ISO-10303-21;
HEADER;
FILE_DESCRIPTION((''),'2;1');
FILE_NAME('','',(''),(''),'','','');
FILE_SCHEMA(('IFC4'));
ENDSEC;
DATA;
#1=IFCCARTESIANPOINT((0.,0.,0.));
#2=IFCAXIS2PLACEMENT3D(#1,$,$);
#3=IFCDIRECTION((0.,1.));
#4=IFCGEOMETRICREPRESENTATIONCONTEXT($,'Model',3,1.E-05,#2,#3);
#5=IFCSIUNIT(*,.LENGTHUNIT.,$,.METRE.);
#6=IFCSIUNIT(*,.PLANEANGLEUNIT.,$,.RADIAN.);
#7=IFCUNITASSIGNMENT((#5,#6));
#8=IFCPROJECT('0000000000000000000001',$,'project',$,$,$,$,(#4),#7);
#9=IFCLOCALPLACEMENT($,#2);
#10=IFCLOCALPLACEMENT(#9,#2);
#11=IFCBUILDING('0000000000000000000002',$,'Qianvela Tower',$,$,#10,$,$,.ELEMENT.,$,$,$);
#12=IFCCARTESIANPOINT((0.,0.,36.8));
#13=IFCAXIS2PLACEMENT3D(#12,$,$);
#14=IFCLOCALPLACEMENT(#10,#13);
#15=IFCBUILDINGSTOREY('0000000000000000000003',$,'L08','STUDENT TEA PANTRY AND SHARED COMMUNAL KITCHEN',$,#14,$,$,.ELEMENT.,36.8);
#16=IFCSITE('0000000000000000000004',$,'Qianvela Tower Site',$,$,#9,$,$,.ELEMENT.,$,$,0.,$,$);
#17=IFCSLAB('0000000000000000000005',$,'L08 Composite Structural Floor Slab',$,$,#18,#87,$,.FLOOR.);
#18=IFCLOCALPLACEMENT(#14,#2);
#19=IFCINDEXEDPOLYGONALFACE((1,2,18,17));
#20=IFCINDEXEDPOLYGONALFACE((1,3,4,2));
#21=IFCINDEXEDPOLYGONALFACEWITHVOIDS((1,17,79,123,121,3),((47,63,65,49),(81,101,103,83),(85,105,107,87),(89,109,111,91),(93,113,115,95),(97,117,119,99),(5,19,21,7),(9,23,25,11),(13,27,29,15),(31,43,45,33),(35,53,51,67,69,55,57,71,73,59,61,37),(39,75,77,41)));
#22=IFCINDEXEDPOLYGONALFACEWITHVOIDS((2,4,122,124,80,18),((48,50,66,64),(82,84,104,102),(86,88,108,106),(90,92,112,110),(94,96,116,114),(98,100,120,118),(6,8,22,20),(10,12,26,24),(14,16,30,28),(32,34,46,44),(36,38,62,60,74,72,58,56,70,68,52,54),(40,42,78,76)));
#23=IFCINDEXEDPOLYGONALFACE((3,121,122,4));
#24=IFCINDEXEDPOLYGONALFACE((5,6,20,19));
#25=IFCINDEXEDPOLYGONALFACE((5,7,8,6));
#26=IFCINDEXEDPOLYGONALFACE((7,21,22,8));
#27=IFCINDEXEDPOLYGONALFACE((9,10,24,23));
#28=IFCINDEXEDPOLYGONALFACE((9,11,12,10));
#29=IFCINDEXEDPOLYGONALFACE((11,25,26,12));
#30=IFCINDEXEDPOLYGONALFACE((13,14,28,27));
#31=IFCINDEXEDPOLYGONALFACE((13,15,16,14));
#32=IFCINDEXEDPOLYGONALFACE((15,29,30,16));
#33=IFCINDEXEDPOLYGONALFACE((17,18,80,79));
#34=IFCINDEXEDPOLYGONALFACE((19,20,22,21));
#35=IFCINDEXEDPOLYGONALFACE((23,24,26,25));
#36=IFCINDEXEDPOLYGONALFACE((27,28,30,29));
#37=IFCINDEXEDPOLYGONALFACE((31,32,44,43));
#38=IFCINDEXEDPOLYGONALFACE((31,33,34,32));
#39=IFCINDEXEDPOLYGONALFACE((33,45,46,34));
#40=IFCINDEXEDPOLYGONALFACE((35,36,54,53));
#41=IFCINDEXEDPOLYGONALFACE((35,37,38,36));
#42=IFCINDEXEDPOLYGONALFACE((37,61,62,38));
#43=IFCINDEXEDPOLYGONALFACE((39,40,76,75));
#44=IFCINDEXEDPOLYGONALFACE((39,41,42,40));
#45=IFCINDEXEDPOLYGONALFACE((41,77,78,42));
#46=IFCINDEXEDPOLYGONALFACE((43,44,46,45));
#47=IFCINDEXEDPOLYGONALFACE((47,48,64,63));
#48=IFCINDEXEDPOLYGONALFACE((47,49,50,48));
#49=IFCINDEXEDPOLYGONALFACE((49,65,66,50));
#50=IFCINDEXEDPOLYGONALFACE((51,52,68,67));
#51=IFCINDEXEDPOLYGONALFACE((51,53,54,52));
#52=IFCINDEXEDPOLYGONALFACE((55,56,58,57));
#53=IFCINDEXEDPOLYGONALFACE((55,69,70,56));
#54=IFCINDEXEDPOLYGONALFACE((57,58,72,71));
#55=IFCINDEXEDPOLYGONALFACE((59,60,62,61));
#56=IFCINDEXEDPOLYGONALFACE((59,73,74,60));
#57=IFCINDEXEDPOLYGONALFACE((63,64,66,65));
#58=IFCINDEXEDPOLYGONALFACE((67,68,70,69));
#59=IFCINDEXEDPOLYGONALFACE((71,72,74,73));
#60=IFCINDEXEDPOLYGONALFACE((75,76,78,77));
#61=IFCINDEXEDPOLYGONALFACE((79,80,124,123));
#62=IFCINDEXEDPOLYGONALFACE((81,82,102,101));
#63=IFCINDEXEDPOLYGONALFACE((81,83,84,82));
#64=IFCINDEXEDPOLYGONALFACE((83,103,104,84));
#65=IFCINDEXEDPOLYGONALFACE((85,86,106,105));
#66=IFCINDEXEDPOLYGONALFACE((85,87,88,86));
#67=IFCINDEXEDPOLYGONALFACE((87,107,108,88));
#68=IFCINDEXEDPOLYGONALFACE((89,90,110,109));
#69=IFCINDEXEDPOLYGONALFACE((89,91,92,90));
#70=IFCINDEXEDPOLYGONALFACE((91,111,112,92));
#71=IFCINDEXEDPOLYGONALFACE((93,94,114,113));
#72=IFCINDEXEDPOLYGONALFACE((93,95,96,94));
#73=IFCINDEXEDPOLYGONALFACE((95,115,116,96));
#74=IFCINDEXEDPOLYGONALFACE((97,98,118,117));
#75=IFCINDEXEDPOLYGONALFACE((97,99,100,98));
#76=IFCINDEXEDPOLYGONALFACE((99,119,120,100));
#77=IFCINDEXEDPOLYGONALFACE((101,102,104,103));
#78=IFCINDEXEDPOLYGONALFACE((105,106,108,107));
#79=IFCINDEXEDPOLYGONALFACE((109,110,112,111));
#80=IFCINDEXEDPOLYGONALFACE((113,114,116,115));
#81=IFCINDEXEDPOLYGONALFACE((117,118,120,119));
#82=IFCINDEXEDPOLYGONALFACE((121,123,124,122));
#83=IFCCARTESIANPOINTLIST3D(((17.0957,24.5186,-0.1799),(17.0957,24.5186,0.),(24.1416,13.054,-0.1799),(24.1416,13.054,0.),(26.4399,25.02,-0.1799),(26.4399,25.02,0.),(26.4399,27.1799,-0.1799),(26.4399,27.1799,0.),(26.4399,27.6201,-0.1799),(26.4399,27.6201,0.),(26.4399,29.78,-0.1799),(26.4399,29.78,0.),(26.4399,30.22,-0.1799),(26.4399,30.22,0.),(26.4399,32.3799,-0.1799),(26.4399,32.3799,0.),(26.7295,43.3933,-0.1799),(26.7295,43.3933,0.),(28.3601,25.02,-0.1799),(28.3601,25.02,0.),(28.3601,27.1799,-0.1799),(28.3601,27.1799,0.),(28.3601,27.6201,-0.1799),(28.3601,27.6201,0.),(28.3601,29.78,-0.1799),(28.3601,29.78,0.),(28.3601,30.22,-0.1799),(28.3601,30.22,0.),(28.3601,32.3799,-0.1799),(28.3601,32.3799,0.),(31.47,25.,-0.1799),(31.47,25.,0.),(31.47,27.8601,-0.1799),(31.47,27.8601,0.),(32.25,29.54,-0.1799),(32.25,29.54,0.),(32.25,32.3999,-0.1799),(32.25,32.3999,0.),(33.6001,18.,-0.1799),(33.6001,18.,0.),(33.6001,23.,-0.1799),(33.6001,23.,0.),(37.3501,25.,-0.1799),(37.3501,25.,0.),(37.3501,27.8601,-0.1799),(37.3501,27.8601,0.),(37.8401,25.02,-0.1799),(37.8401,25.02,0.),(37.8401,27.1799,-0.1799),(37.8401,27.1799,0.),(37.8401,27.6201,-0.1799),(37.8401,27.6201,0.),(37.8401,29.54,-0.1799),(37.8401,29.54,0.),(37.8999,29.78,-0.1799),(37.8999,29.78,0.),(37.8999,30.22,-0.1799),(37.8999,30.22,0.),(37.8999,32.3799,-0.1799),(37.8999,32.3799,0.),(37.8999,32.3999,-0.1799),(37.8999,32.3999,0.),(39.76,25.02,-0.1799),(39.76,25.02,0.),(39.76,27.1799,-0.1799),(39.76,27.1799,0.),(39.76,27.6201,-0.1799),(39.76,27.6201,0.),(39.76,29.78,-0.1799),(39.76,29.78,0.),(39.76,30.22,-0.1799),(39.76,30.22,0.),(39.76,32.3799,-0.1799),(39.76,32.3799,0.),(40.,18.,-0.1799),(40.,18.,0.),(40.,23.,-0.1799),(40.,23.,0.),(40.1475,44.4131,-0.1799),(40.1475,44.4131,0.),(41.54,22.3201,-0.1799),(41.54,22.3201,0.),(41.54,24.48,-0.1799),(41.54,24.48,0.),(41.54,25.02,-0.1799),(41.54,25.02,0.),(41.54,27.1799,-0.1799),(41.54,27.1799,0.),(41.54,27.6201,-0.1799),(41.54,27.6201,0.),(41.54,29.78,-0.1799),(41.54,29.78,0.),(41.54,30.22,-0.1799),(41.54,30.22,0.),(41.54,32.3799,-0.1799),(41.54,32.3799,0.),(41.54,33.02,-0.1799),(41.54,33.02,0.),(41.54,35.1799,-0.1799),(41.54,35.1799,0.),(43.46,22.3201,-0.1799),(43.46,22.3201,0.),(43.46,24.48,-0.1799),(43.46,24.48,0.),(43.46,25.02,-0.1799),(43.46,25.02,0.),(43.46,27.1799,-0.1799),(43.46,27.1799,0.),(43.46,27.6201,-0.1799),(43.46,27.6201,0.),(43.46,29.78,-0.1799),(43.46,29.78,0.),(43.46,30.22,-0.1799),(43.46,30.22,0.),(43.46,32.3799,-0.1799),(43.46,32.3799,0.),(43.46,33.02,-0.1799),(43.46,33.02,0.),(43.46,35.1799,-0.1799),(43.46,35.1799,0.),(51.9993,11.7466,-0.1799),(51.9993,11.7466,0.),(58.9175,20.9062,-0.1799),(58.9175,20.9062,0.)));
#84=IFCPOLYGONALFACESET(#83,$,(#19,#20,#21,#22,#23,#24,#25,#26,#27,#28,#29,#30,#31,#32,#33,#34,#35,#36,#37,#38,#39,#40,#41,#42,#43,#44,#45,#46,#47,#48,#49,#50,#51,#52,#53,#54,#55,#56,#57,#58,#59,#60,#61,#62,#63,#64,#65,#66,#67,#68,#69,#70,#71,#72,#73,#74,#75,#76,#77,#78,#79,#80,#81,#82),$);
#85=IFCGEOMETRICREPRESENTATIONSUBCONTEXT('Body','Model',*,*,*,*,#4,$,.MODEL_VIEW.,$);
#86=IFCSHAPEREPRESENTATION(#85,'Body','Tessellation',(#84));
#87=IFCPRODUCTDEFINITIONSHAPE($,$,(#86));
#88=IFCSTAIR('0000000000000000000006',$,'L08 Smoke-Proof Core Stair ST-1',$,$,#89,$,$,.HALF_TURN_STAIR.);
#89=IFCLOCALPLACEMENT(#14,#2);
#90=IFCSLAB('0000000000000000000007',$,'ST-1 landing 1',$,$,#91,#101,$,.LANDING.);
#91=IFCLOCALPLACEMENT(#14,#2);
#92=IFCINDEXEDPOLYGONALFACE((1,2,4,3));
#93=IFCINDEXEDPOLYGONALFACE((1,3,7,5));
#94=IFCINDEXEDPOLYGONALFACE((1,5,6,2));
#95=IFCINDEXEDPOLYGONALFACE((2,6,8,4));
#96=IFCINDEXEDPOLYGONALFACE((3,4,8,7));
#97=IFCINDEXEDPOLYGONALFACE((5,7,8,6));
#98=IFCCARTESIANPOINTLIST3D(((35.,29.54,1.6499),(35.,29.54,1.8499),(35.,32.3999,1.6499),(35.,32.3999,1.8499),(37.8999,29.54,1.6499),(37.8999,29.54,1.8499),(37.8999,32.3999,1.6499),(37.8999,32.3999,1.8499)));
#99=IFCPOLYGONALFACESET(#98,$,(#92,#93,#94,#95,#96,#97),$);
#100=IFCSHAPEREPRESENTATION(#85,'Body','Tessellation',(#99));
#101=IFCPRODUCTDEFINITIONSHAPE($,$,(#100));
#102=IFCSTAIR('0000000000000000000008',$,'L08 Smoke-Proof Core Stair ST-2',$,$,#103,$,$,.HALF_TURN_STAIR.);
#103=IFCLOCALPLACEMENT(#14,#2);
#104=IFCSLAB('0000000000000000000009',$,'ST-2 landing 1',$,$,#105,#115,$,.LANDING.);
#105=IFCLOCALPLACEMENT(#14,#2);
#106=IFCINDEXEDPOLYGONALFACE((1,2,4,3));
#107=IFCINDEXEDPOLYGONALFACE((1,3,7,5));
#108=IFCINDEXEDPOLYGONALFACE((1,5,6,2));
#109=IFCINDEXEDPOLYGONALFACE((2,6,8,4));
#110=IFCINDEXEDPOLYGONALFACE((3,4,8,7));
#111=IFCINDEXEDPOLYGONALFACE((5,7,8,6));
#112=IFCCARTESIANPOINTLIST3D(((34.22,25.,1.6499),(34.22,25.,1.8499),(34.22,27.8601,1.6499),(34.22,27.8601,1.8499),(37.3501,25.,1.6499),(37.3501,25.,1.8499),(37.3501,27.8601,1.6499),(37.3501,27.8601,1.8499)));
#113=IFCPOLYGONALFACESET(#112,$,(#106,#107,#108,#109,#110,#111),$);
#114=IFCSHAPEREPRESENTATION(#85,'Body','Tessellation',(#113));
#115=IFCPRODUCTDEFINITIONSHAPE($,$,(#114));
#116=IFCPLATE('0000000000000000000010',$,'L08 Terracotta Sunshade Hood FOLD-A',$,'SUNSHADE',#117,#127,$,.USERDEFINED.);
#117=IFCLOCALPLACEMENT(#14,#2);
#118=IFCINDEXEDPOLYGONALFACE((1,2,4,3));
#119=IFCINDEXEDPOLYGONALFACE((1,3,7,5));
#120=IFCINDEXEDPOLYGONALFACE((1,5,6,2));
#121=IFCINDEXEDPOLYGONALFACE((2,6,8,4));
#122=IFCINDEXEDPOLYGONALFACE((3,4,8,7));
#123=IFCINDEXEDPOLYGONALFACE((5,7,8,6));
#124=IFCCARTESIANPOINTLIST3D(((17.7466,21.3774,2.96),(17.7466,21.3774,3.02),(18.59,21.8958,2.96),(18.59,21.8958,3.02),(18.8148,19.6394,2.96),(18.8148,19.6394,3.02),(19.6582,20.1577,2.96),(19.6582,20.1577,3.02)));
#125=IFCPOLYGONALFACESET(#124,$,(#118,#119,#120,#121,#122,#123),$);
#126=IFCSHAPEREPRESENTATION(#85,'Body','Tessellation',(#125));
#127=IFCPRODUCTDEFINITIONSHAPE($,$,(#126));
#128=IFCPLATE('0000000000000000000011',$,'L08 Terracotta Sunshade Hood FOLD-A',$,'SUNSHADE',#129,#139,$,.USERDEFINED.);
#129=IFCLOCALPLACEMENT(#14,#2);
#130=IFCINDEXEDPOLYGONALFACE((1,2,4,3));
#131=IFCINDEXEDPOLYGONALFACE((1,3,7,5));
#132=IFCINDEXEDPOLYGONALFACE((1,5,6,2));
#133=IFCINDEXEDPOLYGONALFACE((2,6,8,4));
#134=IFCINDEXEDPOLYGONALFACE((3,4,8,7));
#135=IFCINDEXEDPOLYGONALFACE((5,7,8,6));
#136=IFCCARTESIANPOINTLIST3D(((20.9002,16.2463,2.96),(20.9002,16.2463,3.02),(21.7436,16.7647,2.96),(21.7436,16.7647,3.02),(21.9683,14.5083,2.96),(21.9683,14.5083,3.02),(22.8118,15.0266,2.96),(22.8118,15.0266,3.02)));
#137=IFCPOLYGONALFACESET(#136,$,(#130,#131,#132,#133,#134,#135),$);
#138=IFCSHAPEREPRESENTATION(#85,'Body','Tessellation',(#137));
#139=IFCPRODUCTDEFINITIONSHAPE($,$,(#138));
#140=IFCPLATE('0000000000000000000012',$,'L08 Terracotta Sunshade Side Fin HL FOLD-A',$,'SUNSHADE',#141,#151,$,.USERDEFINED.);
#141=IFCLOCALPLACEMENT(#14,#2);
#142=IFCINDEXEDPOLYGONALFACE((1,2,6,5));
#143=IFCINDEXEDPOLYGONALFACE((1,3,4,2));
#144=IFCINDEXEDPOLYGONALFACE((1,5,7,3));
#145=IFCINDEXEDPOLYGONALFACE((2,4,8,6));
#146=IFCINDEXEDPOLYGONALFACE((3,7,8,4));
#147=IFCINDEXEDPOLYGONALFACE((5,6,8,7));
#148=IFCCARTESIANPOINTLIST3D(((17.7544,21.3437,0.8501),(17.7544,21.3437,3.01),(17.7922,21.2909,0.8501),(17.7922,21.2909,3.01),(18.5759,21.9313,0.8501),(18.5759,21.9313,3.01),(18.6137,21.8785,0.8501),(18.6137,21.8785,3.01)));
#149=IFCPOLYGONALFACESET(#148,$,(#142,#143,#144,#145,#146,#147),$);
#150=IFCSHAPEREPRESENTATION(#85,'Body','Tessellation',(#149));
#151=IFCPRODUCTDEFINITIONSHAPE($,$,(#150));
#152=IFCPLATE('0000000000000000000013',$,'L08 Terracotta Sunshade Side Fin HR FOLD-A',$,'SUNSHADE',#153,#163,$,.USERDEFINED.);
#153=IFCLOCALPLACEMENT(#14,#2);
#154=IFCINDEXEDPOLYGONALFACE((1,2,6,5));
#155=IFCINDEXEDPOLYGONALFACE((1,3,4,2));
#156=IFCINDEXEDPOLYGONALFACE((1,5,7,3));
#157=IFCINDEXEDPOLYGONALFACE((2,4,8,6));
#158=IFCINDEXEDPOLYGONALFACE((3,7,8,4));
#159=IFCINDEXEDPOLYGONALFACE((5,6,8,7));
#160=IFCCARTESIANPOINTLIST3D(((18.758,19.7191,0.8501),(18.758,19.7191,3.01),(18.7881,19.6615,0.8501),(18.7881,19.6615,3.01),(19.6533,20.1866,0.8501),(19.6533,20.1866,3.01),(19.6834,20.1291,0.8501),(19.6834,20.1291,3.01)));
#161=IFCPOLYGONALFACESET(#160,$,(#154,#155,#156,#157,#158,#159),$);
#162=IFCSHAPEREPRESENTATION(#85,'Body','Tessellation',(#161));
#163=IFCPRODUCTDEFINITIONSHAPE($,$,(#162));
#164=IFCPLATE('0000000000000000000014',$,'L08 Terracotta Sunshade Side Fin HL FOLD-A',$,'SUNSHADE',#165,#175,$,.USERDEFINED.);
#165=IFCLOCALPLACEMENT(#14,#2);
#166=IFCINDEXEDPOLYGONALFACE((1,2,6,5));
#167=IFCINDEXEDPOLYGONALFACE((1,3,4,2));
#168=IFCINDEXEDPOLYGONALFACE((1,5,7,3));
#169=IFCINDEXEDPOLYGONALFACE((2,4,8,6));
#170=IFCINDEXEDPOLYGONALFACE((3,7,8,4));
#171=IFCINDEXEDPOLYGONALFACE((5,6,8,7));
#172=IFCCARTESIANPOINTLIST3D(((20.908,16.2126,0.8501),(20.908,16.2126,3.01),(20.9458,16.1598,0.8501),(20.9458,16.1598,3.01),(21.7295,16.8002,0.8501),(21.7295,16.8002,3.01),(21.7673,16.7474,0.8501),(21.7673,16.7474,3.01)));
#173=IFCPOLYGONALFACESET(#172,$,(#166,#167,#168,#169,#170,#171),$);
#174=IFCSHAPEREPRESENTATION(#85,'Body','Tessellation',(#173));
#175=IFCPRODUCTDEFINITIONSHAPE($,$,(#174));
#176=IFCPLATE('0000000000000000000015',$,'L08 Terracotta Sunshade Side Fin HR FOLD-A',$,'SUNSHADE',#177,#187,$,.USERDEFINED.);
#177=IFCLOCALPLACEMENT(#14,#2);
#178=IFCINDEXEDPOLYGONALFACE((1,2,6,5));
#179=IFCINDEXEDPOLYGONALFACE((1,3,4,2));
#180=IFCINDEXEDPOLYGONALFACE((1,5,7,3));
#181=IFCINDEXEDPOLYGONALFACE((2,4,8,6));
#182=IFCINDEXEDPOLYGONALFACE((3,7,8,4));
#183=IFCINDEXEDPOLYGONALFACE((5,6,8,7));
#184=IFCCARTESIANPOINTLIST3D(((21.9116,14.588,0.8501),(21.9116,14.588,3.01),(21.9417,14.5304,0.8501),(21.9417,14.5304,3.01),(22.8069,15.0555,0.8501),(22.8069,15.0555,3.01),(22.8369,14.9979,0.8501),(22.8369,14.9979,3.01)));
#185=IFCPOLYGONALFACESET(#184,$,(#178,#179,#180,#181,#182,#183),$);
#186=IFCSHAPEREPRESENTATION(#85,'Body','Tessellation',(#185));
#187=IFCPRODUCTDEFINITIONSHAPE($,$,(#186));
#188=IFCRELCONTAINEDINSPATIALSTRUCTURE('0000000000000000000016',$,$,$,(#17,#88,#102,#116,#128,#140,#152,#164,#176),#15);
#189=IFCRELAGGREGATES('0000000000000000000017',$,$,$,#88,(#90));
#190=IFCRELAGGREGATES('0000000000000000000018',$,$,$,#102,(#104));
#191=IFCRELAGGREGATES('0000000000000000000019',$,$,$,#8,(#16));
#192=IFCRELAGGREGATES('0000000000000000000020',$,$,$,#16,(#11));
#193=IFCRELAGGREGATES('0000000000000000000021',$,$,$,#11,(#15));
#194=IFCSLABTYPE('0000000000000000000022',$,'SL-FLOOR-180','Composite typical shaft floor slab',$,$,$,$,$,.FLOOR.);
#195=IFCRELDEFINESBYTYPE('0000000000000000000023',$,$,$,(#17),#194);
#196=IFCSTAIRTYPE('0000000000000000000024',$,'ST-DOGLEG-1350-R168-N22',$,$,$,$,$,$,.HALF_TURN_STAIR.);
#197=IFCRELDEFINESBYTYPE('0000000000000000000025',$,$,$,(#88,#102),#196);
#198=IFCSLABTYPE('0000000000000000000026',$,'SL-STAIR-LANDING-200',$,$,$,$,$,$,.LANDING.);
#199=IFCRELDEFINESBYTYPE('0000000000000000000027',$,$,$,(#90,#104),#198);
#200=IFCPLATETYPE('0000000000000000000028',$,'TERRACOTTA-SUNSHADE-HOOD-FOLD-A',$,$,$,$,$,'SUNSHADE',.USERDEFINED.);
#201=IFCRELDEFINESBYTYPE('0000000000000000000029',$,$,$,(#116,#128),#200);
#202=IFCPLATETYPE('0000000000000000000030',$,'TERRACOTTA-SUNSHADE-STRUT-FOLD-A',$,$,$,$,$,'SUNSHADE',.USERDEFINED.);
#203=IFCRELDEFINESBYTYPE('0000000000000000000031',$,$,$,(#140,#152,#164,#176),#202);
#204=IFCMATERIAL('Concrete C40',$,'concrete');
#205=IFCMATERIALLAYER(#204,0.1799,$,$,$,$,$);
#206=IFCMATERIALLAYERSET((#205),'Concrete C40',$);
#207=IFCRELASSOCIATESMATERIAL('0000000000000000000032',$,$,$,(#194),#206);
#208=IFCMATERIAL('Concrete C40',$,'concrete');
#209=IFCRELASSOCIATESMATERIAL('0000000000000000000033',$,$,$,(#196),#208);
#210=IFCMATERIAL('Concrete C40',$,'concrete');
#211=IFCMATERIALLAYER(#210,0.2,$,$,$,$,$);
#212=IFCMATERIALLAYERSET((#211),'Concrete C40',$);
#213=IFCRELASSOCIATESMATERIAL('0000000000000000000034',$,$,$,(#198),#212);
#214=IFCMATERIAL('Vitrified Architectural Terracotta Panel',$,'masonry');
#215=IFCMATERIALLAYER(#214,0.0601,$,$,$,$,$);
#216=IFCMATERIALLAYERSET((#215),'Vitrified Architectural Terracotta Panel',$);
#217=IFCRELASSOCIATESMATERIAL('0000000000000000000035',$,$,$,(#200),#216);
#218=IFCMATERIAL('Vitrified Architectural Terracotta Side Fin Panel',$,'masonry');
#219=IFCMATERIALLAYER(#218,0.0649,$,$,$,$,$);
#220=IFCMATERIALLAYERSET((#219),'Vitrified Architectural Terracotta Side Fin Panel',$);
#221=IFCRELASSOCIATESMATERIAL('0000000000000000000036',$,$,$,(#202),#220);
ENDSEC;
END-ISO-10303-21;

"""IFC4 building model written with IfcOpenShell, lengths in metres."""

from ifc_helpers import new_model, si_unit, direction, frame, origin, origin_2d, place, context, subcontext, project, spatial, polyline, rectangle, outline, extrude, material, layer, layer_set, type_object, element, aggregate, save


model = new_model("IFC4")

# Units and contexts
model_context = context("Model", 3, precision=1e-05, world=origin(), true_north=direction((0.0, 1.0)))
body_context = subcontext(model_context, "Body", "Model", "MODEL_VIEW")
ifc_project = project(units=[si_unit("LENGTHUNIT", "METRE"), si_unit("PLANEANGLEUNIT", "RADIAN")], contexts=[model_context])

# Site, building, storey
site_placement = place(None, origin())
site = spatial("IfcSite", under=ifc_project, at=site_placement, Name="Qianvela Tower Site", CompositionType="ELEMENT", RefElevation=0.0)
building_placement = place(site_placement, origin())
building = spatial("IfcBuilding", under=site, at=building_placement, Name="Qianvela Tower", CompositionType="ELEMENT")
storey_placement = place(building_placement, frame((0.0, 0.0, 36.8)))
storey = spatial("IfcBuildingStorey", under=building, at=storey_placement, Name="L08", Description="STUDENT TEA PANTRY AND SHARED COMMUNAL KITCHEN", CompositionType="ELEMENT", Elevation=36.8)

# Slab
ifc_material_1 = material(Name="Concrete C40", Category="concrete")
ifc_layer_1 = layer(ifc_material_1, 0.1799)
ifc_layer_set_1 = layer_set([ifc_layer_1], Name="Concrete C40")
slab_type_1 = type_object("IfcSlabType", Name="SL-FLOOR-180", Description="Composite typical shaft floor slab", PredefinedType="FLOOR", material=ifc_layer_set_1)
slab_1_placement = place(storey_placement, frame((0.0, 0.0, -0.1799)))
element("IfcSlab", 1, at=slab_1_placement, inside=storey, type_object=slab_type_1, Name="L08 Composite Structural Floor Slab", PredefinedType="FLOOR", context=body_context, shape_type="SweptSolid", body=[
    extrude(outline(polyline([(51.9993, 11.7466), (58.9175, 20.9062), (40.1475, 44.4131), (26.7295, 43.3933), (17.0957, 24.5186), (24.1416, 13.054), (51.9993, 11.7466)]), holes=[polyline([(40.0, 23.0), (33.6001, 23.0), (33.6001, 18.0), (40.0, 18.0), (40.0, 23.0)]), polyline([(28.3601, 25.02), (28.3601, 27.1799), (26.4399, 27.1799), (26.4399, 25.02), (28.3601, 25.02)]), polyline([(37.3501, 25.0), (37.3501, 27.8601), (31.47, 27.8601), (31.47, 25.0), (37.3501, 25.0)]), polyline([(28.3601, 27.6201), (28.3601, 29.78), (26.4399, 29.78), (26.4399, 27.6201), (28.3601, 27.6201)]), polyline([(37.8999, 32.3799), (37.8999, 32.3999), (32.25, 32.3999), (32.25, 29.54), (37.8401, 29.54), (37.8401, 27.6201), (39.76, 27.6201), (39.76, 29.78), (37.8999, 29.78), (37.8999, 30.22), (39.76, 30.22), (39.76, 32.3799), (37.8999, 32.3799)]), polyline([(28.3601, 30.22), (28.3601, 32.3799), (26.4399, 32.3799), (26.4399, 30.22), (28.3601, 30.22)]), polyline([(43.46, 24.48), (41.54, 24.48), (41.54, 22.3201), (43.46, 22.3201), (43.46, 24.48)]), polyline([(39.76, 25.02), (39.76, 27.1799), (37.8401, 27.1799), (37.8401, 25.02), (39.76, 25.02)]), polyline([(43.46, 25.02), (43.46, 27.1799), (41.54, 27.1799), (41.54, 25.02), (43.46, 25.02)]), polyline([(43.46, 27.6201), (43.46, 29.78), (41.54, 29.78), (41.54, 27.6201), (43.46, 27.6201)]), polyline([(43.46, 30.22), (43.46, 32.3799), (41.54, 32.3799), (41.54, 30.22), (43.46, 30.22)]), polyline([(43.46, 33.02), (43.46, 35.1799), (41.54, 35.1799), (41.54, 33.02), (43.46, 33.02)])]), origin(), (0.0, 0.0, 1.0), 0.1799),
])

# Stairs, slabs
ifc_material_2 = material(Name="Concrete C40", Category="concrete")
stair_type = type_object("IfcStairType", Name="ST-DOGLEG-1350-R168-N22", PredefinedType="HALF_TURN_STAIR", material=ifc_material_2)
stair_1_placement = place(storey_placement, origin())
stair_1 = element("IfcStair", 2, at=stair_1_placement, inside=storey, type_object=stair_type, Name="L08 Smoke-Proof Core Stair ST-1", PredefinedType="HALF_TURN_STAIR")
ifc_material_3 = material(Name="Concrete C40", Category="concrete")
ifc_layer_2 = layer(ifc_material_3, 0.2)
ifc_layer_set_2 = layer_set([ifc_layer_2], Name="Concrete C40")
slab_type_2 = type_object("IfcSlabType", Name="SL-STAIR-LANDING-200", PredefinedType="LANDING", material=ifc_layer_set_2)
slab_2_placement = place(storey_placement, frame((0.0, 0.0, 1.6499)))
slab_2 = element("IfcSlab", 3, at=slab_2_placement, type_object=slab_type_2, Name="ST-1 landing 1", PredefinedType="LANDING", context=body_context, shape_type="SweptSolid", body=[
    extrude(outline(polyline([(35.0, 29.54), (37.8999, 29.54), (37.8999, 32.3999), (35.0, 32.3999), (35.0, 29.54)])), origin(), (0.0, 0.0, 1.0), 0.2),
])
aggregate(stair_1, [slab_2])
stair_2_placement = place(storey_placement, origin())
stair_2 = element("IfcStair", 4, at=stair_2_placement, inside=storey, type_object=stair_type, Name="L08 Smoke-Proof Core Stair ST-2", PredefinedType="HALF_TURN_STAIR")
slab_3_placement = place(storey_placement, frame((0.0, 0.0, 1.6499)))
slab_3 = element("IfcSlab", 5, at=slab_3_placement, type_object=slab_type_2, Name="ST-2 landing 1", PredefinedType="LANDING", context=body_context, shape_type="SweptSolid", body=[
    extrude(outline(polyline([(34.22, 25.0), (37.3501, 25.0), (37.3501, 27.8601), (34.22, 27.8601), (34.22, 25.0)])), origin(), (0.0, 0.0, 1.0), 0.2),
])
aggregate(stair_2, [slab_3])

# Plates
ifc_material_4 = material(Name="Vitrified Architectural Terracotta Panel", Category="masonry")
ifc_layer_3 = layer(ifc_material_4, 0.0601)
ifc_layer_set_3 = layer_set([ifc_layer_3], Name="Vitrified Architectural Terracotta Panel")
plate_type_1 = type_object("IfcPlateType", Name="TERRACOTTA-SUNSHADE-HOOD-FOLD-A", ElementType="SUNSHADE", PredefinedType="USERDEFINED", material=ifc_layer_set_3)
for number, where, z_axis, x_axis, name in (
    (6, (18.7024, 20.7676, 2.96), (0.0, 0.0, 1.0), (0.523599, -0.851965, 0.0), "L08 Terracotta Sunshade Hood FOLD-A"),
    (7, (21.856, 15.6365, 2.96), (0.0, 0.0, 1.0), (0.523599, -0.851965, 0.0), "L08 Terracotta Sunshade Hood FOLD-A"),
):
    element("IfcPlate", number, at=place(storey_placement, frame(where, z_axis=z_axis, x_axis=x_axis)), inside=storey, type_object=plate_type_1, Name=name, ObjectType="SUNSHADE", PredefinedType="USERDEFINED", context=body_context, shape_type="SweptSolid", body=[
        extrude(rectangle(XDim=2.04, YDim=0.99, at=origin_2d()), origin(), (0.0, 0.0, 1.0), 0.0601),
    ])
ifc_material_5 = material(Name="Vitrified Architectural Terracotta Side Fin Panel", Category="masonry")
ifc_layer_4 = layer(ifc_material_5, 0.0649)
ifc_layer_set_4 = layer_set([ifc_layer_4], Name="Vitrified Architectural Terracotta Side Fin Panel")
plate_type_2 = type_object("IfcPlateType", Name="TERRACOTTA-SUNSHADE-STRUT-FOLD-A", ElementType="SUNSHADE", PredefinedType="USERDEFINED", material=ifc_layer_set_4)
for number, where, z_axis, x_axis, name in (
    (8, (18.1841, 21.6111, 0.8501), (0.0, 0.0, 1.0), (0.581754, -0.813365, 0.0), "L08 Terracotta Sunshade Side Fin HL FOLD-A"),
    (9, (19.2207, 19.9241, 0.8501), (0.0, 0.0, 1.0), (0.462894, -0.886414, 0.0), "L08 Terracotta Sunshade Side Fin HR FOLD-A"),
    (10, (21.3376, 16.48, 0.8501), (0.0, 0.0, 1.0), (0.581754, -0.813365, 0.0), "L08 Terracotta Sunshade Side Fin HL FOLD-A"),
    (11, (22.3743, 14.793, 0.8501), (0.0, 0.0, 1.0), (0.462894, -0.886414, 0.0), "L08 Terracotta Sunshade Side Fin HR FOLD-A"),
):
    element("IfcPlate", number, at=place(storey_placement, frame(where, z_axis=z_axis, x_axis=x_axis)), inside=storey, type_object=plate_type_2, Name=name, ObjectType="SUNSHADE", PredefinedType="USERDEFINED", context=body_context, shape_type="SweptSolid", body=[
        extrude(rectangle(XDim=0.0649, YDim=1.01, at=origin_2d()), origin(), (0.0, 0.0, 1.0), 2.1599),
    ])

save(model, "model.ifc")
